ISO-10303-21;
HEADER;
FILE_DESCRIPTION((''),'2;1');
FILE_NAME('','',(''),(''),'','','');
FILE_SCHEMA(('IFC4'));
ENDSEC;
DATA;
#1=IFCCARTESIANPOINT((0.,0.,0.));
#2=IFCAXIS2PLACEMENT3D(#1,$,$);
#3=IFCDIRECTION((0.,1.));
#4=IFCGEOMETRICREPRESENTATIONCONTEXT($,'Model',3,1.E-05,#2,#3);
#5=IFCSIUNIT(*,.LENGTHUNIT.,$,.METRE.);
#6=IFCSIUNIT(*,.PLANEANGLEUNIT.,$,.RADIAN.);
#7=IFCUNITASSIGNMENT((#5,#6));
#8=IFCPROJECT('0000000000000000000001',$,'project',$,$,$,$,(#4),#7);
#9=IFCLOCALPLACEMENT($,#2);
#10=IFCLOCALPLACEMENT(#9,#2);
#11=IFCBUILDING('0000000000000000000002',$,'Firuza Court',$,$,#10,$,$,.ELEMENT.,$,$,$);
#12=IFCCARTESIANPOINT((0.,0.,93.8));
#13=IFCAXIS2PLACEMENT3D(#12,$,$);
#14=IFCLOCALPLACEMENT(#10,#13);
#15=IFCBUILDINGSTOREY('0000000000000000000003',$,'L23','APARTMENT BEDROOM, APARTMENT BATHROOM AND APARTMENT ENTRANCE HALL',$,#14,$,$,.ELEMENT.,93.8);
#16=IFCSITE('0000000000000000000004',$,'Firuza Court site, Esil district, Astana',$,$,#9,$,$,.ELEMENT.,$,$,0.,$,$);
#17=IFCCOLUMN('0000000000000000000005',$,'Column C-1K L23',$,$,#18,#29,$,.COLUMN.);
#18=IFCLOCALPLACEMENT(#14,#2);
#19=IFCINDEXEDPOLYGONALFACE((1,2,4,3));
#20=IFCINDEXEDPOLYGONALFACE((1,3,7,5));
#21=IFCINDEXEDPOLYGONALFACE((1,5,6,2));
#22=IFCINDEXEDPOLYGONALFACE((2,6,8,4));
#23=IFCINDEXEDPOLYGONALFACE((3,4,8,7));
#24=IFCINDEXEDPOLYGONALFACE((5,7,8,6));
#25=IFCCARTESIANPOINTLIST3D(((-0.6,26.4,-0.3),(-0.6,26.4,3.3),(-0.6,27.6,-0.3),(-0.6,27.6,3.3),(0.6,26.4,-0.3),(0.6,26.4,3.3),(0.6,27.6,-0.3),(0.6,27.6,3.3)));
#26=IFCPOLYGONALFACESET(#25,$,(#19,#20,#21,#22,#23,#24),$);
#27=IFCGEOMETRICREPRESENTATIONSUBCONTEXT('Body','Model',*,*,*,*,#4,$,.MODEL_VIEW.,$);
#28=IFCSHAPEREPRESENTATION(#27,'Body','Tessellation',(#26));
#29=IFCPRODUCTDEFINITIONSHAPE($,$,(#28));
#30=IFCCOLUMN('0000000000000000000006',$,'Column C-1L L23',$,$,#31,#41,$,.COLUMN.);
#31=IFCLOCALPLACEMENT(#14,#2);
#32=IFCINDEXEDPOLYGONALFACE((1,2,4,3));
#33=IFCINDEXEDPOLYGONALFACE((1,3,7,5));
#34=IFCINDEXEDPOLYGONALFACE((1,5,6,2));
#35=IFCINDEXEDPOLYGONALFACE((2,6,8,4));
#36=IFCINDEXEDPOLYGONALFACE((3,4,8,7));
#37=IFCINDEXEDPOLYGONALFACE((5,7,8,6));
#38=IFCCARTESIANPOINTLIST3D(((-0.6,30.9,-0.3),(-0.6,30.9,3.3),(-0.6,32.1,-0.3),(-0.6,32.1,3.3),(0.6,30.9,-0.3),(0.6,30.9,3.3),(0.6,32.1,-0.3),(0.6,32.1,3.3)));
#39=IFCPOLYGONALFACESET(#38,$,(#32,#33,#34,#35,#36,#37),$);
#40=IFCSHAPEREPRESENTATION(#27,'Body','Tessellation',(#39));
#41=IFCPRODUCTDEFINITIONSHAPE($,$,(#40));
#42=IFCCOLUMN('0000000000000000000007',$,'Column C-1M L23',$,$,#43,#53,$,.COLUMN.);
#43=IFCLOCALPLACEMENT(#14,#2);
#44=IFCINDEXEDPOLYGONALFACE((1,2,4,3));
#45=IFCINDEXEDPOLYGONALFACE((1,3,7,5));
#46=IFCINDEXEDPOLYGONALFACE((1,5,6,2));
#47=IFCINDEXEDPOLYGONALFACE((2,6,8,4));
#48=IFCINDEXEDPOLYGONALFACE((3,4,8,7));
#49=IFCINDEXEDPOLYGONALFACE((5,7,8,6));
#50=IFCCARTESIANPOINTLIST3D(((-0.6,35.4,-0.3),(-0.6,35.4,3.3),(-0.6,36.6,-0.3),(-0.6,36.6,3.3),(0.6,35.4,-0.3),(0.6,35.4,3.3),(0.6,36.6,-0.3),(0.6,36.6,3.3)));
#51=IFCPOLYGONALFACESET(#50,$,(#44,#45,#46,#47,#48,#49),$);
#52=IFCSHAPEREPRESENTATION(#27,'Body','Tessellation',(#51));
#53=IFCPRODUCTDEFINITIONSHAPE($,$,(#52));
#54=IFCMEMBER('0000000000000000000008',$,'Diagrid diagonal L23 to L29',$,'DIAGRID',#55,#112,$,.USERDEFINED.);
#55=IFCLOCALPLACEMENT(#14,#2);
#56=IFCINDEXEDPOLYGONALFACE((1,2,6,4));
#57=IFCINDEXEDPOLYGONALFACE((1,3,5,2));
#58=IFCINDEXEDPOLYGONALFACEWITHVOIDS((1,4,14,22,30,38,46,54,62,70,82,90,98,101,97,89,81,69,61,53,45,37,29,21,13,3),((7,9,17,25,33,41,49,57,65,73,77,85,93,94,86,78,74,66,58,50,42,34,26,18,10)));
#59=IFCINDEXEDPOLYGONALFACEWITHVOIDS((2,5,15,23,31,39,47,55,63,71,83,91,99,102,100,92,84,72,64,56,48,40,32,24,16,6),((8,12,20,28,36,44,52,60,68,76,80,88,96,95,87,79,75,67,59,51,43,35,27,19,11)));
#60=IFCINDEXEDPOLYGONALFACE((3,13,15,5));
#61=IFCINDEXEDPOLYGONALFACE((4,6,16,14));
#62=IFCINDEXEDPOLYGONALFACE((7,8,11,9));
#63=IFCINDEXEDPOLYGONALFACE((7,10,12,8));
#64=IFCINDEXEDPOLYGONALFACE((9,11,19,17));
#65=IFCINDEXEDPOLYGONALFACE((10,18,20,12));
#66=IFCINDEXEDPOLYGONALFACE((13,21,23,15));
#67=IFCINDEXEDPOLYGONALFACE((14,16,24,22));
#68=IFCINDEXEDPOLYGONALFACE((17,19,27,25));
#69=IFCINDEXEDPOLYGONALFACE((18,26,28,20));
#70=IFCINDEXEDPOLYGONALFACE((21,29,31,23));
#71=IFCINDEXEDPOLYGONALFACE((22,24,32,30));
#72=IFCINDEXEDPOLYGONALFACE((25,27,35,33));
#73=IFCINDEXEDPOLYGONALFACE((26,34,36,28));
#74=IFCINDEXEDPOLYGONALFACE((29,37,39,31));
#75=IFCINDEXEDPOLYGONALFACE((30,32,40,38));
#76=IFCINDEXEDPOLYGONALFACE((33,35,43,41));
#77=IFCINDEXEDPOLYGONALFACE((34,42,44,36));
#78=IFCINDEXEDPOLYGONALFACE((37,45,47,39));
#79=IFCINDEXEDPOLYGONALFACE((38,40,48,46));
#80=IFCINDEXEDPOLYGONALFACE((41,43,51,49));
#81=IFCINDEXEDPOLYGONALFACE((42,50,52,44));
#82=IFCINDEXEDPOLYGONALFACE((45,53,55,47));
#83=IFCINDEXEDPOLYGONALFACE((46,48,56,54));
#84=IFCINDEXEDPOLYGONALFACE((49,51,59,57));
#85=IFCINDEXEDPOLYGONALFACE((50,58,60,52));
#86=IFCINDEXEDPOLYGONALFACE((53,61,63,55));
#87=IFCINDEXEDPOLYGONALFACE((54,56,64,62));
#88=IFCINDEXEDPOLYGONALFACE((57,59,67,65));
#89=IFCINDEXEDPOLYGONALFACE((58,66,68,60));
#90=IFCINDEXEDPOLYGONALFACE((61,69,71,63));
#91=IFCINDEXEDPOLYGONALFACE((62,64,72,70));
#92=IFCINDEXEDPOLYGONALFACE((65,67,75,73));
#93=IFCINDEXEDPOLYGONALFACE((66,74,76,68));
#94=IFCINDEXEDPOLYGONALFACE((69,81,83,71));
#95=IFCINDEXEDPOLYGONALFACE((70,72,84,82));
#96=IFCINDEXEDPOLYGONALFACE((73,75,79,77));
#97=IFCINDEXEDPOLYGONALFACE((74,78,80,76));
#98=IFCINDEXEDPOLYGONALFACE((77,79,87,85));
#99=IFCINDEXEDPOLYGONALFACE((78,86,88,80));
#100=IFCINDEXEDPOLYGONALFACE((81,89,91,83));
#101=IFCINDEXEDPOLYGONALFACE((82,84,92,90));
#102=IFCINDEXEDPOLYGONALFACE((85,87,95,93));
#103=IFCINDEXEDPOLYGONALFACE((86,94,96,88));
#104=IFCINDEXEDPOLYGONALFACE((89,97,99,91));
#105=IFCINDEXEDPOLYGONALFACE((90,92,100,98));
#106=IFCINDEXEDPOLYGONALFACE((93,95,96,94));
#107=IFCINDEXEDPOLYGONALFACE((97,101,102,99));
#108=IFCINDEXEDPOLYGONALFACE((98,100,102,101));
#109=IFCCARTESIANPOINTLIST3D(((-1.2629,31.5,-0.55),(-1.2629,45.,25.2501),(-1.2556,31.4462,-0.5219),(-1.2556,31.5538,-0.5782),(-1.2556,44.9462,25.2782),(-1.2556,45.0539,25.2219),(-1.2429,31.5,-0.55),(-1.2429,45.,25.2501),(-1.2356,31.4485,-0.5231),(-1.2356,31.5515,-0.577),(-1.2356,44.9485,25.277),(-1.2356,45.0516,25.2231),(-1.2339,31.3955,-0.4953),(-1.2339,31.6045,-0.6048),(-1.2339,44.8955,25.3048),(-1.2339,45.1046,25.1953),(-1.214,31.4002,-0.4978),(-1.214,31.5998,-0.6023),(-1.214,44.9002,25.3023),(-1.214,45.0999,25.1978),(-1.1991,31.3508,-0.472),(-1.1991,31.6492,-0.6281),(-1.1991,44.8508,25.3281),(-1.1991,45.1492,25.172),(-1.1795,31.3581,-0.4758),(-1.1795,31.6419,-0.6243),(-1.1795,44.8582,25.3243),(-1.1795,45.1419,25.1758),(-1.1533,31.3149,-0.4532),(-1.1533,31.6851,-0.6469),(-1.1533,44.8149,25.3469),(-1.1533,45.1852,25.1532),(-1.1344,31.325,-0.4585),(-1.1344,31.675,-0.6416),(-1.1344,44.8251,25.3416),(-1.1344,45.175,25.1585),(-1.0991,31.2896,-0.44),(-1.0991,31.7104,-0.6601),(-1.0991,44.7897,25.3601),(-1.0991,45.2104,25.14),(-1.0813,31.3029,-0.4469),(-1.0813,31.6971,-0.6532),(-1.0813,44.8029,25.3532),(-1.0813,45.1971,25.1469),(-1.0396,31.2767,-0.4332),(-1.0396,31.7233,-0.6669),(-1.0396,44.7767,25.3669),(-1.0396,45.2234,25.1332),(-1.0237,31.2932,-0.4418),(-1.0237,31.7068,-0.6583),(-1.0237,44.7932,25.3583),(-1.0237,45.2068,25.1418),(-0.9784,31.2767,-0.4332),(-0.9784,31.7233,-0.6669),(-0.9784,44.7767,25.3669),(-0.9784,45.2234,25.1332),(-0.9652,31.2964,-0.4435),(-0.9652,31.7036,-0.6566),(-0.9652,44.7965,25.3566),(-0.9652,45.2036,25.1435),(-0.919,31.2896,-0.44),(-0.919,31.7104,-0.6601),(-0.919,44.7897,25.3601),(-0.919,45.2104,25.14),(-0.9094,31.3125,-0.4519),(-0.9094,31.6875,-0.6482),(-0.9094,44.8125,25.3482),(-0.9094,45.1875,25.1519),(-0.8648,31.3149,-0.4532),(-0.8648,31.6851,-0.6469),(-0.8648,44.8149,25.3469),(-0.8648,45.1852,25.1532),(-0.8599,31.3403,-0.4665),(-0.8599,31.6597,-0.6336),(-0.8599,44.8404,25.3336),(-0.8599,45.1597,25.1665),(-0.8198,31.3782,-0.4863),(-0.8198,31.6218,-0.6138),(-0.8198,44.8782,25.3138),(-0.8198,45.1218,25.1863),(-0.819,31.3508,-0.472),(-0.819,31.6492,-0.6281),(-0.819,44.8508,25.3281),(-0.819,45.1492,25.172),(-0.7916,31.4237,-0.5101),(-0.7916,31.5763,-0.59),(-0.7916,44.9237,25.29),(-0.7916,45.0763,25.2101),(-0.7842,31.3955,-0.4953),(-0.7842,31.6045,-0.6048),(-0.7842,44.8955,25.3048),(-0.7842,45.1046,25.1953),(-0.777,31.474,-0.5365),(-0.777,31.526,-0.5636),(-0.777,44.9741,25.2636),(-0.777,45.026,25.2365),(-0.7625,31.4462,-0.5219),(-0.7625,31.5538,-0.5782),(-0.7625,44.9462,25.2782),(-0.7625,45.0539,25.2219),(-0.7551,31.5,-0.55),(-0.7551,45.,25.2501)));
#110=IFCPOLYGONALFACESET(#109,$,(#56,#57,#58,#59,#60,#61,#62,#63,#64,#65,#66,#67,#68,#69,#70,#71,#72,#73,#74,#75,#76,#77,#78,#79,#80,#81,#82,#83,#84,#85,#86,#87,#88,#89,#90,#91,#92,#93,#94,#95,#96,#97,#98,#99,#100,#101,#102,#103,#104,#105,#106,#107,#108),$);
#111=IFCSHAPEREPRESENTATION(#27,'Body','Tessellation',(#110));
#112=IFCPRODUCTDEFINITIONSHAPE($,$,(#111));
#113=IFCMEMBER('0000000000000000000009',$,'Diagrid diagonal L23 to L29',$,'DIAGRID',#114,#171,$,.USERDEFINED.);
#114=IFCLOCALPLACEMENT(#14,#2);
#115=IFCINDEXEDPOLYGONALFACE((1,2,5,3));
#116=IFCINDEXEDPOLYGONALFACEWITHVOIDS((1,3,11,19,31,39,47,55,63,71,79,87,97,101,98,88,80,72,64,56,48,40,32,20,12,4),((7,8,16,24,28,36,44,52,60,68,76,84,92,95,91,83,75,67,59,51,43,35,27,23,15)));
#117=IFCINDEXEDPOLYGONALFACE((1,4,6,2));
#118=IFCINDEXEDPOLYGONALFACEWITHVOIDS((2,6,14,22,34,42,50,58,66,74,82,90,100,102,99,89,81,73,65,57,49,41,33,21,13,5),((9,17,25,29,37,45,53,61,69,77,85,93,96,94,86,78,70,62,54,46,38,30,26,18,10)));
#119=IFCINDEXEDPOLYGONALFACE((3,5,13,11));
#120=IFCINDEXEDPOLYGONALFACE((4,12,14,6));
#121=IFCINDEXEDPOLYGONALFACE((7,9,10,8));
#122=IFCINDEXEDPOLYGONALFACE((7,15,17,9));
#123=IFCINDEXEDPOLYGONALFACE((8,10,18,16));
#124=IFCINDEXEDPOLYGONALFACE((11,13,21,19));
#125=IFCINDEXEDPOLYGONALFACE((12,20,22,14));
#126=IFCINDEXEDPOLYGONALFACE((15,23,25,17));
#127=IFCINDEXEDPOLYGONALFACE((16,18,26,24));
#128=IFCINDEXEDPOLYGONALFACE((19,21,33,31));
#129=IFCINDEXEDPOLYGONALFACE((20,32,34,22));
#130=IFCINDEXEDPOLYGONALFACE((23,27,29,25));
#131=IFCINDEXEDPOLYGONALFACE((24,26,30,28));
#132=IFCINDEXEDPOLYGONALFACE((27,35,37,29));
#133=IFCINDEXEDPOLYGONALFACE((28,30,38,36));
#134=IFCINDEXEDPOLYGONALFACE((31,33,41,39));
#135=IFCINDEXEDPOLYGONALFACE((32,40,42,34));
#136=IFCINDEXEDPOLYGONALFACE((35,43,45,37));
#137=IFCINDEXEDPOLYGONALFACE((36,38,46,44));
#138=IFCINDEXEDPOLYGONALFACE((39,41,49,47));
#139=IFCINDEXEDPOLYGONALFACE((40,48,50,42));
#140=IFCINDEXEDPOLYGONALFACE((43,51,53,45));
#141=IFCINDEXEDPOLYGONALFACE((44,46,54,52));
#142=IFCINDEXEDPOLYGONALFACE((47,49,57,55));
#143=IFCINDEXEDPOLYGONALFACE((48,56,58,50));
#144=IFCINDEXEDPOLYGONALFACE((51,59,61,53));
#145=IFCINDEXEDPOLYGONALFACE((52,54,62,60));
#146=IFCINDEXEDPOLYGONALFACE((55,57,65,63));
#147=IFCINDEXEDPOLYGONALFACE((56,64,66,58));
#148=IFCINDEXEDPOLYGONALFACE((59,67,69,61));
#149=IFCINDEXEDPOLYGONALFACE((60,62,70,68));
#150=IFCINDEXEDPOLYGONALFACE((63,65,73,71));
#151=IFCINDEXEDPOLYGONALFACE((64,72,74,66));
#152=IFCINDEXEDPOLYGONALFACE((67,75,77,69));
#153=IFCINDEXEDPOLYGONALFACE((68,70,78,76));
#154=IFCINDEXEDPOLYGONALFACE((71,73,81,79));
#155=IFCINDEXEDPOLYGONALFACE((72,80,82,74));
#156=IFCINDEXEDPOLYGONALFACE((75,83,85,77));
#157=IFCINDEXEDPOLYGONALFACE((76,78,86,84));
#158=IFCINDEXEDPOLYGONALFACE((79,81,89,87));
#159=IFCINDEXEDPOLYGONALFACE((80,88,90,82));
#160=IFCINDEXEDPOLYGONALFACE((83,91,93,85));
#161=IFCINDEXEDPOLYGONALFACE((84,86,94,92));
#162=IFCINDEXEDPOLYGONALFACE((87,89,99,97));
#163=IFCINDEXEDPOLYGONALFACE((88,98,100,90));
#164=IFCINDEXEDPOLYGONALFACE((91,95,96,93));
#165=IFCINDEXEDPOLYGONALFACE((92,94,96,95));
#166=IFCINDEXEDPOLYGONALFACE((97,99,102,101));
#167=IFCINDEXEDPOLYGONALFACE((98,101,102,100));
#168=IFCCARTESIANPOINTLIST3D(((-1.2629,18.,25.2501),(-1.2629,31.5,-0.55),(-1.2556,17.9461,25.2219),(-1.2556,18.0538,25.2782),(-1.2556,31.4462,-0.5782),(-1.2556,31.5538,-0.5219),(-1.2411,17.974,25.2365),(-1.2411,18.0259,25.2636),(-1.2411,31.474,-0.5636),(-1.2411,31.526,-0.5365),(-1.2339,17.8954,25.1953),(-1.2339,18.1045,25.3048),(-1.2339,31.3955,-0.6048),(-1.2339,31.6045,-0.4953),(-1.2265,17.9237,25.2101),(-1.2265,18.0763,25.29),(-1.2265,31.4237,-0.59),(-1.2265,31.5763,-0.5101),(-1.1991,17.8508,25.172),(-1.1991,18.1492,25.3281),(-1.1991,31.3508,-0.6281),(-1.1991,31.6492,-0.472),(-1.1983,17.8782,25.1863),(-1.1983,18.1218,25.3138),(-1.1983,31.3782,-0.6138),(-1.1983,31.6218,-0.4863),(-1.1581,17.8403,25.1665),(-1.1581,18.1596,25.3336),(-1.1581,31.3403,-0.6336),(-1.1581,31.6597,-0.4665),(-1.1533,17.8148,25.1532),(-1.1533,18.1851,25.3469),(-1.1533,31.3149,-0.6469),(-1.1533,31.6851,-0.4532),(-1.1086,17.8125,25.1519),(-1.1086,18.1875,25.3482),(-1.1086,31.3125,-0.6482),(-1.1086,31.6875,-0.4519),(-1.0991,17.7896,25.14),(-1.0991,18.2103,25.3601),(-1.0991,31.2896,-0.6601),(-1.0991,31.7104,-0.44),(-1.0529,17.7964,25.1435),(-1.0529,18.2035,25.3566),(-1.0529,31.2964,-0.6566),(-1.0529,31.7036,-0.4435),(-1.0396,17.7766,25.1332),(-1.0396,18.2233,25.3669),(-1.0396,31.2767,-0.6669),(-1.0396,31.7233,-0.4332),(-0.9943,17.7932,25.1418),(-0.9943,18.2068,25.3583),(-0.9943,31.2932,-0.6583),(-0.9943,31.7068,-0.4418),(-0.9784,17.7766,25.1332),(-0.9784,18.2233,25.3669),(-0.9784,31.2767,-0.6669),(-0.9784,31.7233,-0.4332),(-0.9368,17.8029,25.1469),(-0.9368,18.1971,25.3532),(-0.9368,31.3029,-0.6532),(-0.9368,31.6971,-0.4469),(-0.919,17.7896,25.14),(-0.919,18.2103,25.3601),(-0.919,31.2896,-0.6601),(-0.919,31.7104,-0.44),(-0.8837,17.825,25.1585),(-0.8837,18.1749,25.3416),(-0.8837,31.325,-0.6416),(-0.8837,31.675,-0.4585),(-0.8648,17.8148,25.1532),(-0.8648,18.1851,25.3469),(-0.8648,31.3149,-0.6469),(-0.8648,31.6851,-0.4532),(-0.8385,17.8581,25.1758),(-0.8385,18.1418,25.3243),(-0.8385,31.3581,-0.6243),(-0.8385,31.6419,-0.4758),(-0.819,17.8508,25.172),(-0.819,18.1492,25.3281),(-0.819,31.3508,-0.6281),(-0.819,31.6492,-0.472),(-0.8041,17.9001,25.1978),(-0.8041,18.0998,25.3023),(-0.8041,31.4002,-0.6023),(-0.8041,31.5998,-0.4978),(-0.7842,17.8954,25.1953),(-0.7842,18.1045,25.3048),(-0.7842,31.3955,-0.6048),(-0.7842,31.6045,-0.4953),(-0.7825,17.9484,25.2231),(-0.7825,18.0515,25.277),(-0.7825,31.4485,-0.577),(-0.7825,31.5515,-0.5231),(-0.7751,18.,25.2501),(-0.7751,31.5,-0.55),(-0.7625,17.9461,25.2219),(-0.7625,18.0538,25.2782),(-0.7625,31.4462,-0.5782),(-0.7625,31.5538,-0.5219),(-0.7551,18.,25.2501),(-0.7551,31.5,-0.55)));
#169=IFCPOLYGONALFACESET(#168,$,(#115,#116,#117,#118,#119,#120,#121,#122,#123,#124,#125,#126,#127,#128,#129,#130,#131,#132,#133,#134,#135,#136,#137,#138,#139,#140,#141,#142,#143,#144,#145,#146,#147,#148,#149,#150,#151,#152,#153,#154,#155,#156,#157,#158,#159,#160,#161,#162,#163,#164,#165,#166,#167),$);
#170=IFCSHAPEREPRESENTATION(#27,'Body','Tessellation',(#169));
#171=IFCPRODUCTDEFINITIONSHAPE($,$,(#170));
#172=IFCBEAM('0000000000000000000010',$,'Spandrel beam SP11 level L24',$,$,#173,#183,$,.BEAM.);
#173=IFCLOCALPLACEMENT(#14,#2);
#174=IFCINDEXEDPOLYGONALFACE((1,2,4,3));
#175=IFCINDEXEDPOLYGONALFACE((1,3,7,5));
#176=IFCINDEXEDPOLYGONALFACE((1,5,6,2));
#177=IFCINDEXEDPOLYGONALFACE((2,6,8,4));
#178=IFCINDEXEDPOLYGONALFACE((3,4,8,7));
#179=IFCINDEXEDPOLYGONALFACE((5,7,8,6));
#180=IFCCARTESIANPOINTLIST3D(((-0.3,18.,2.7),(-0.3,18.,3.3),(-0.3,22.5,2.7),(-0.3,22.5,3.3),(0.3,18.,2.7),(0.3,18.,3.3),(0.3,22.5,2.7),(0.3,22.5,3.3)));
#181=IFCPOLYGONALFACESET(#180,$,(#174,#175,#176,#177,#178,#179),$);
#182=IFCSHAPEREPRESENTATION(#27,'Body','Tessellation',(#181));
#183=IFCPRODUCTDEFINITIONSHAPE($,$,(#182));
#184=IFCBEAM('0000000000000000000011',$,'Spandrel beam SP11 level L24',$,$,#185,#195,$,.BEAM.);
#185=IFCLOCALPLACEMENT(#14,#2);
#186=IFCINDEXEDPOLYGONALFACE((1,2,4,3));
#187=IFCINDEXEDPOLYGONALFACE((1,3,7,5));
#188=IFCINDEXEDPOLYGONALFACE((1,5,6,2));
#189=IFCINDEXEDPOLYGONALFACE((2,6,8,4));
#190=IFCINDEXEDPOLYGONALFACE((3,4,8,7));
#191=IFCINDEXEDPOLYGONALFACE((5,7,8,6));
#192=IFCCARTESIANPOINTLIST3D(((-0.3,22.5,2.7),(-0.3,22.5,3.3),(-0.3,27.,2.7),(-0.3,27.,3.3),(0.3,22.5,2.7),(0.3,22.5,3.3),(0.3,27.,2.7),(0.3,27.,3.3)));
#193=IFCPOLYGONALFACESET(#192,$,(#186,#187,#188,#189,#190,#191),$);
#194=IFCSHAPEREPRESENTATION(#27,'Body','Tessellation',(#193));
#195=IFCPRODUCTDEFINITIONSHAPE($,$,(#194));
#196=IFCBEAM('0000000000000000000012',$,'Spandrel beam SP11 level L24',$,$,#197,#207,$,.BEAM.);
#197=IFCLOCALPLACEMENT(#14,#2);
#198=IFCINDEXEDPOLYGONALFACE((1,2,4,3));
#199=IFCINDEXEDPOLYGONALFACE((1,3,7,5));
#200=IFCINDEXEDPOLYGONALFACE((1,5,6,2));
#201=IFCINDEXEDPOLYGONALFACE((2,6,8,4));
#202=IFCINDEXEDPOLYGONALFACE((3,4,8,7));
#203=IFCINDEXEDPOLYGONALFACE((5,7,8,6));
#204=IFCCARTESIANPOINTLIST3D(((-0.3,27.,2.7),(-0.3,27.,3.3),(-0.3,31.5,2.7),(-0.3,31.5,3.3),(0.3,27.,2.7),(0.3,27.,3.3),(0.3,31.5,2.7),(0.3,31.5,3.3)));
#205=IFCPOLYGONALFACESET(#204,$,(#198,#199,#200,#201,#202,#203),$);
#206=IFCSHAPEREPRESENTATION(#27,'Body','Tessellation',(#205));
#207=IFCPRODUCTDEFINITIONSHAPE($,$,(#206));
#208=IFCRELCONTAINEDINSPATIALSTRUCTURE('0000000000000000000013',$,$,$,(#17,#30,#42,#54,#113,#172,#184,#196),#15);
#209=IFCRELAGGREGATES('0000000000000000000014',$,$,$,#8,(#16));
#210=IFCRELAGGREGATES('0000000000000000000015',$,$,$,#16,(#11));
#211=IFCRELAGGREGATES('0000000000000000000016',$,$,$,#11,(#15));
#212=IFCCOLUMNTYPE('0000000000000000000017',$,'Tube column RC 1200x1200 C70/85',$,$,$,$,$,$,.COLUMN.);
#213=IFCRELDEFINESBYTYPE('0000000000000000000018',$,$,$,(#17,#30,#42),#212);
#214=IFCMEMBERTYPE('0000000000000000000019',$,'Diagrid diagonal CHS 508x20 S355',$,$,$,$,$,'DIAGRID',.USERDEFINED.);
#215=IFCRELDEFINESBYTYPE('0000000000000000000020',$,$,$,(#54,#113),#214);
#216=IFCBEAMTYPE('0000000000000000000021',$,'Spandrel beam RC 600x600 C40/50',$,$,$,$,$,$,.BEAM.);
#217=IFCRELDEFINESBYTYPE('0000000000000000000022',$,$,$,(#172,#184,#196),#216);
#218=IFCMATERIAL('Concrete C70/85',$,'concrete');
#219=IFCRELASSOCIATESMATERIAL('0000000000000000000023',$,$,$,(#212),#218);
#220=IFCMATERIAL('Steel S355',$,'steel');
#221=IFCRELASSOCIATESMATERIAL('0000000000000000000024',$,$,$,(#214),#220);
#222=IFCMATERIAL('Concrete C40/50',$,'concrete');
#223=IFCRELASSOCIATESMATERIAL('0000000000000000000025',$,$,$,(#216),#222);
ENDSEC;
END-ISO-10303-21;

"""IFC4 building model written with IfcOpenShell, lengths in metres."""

from ifc_helpers import new_model, si_unit, direction, frame, origin, origin_2d, place, context, subcontext, project, spatial, rectangle, hollow_circle, extrude, material, material_profile, profile_set, type_object, element, save


model = new_model("IFC4")

# Units and contexts
model_context = context("Model", 3, precision=1e-05, world=origin(), true_north=direction((0.0, 1.0)))
body_context = subcontext(model_context, "Body", "Model", "MODEL_VIEW")
ifc_project = project(units=[si_unit("LENGTHUNIT", "METRE"), si_unit("PLANEANGLEUNIT", "RADIAN")], contexts=[model_context])

# Site, building, storey
site_placement = place(None, origin())
site = spatial("IfcSite", under=ifc_project, at=site_placement, Name="Firuza Court site, Esil district, Astana", CompositionType="ELEMENT", RefElevation=0.0)
building_placement = place(site_placement, origin())
building = spatial("IfcBuilding", under=site, at=building_placement, Name="Firuza Court", CompositionType="ELEMENT")
storey_placement = place(building_placement, frame((0.0, 0.0, 93.8)))
storey = spatial("IfcBuildingStorey", under=building, at=storey_placement, Name="L23", Description="APARTMENT BEDROOM, APARTMENT BATHROOM AND APARTMENT ENTRANCE HALL", CompositionType="ELEMENT", Elevation=93.8)

# Columns
ifc_material_1 = material(Name="Concrete C70/85", Category="concrete")
ifc_material_profile_1 = material_profile(ifc_material_1, rectangle(XDim=1.2, YDim=1.2, at=origin_2d()), Name="RC 1200x1200")
ifc_profile_set_1 = profile_set([ifc_material_profile_1], Name="Concrete C70/85")
column_type = type_object("IfcColumnType", Name="Tube column RC 1200x1200 C70/85", PredefinedType="COLUMN", material=ifc_profile_set_1)
for number, where, z_axis, x_axis, name in (
    (1, (0.0, 27.0, -0.3), (0.0, 0.0, 1.0), (1.0, 0.0, 0.0), "Column C-1K L23"),
    (2, (0.0, 31.5, -0.3), (0.0, 0.0, 1.0), (1.0, 0.0, 0.0), "Column C-1L L23"),
    (3, (0.0, 36.0, -0.3), (0.0, 0.0, 1.0), (1.0, 0.0, 0.0), "Column C-1M L23"),
):
    element("IfcColumn", number, at=place(storey_placement, frame(where, z_axis=z_axis, x_axis=x_axis)), inside=storey, type_object=column_type, Name=name, PredefinedType="COLUMN", context=body_context, shape_type="SweptSolid", body=[
        extrude(rectangle(XDim=1.2, YDim=1.2, at=origin_2d()), origin(), (0.0, 0.0, 1.0), 3.6001),
    ])

# Members
ifc_material_2 = material(Name="Steel S355", Category="steel")
ifc_material_profile_2 = material_profile(ifc_material_2, hollow_circle(Radius=0.2539, WallThickness=0.02, at=origin_2d()), Name="CHS 508x20")
ifc_profile_set_2 = profile_set([ifc_material_profile_2], Name="Steel S355")
member_type = type_object("IfcMemberType", Name="Diagrid diagonal CHS 508x20 S355", ElementType="DIAGRID", PredefinedType="USERDEFINED", material=ifc_profile_set_2)
for number, where, z_axis, x_axis, name in (
    (4, (-1.009, 31.5, -0.55), (0.0, 0.463621, 0.886033), (-1.0, 0.0, 0.0), "Diagrid diagonal L23 to L29"),
    (5, (-1.009, 31.5, -0.55), (0.0, -0.463621, 0.886033), (1.0, 0.0, 0.0), "Diagrid diagonal L23 to L29"),
):
    element("IfcMember", number, at=place(storey_placement, frame(where, z_axis=z_axis, x_axis=x_axis)), inside=storey, type_object=member_type, Name=name, ObjectType="DIAGRID", PredefinedType="USERDEFINED", context=body_context, shape_type="SweptSolid", body=[
        extrude(hollow_circle(Radius=0.2539, WallThickness=0.02, at=origin_2d()), origin(), (0.0, 0.0, 1.0), 29.1187),
    ])

# Beams
ifc_material_3 = material(Name="Concrete C40/50", Category="concrete")
ifc_material_profile_3 = material_profile(ifc_material_3, rectangle(XDim=0.6001, YDim=0.6001, at=origin_2d()), Name="RC 600x600")
ifc_profile_set_3 = profile_set([ifc_material_profile_3], Name="Concrete C40/50")
beam_type = type_object("IfcBeamType", Name="Spandrel beam RC 600x600 C40/50", PredefinedType="BEAM", material=ifc_profile_set_3)
for number, where, z_axis, x_axis, name in (
    (6, (0.0, 22.5, 3.0), (0.0, -1.0, 0.0), (1.0, 0.0, 0.0), "Spandrel beam SP11 level L24"),
    (7, (0.0, 27.0, 3.0), (0.0, -1.0, 0.0), (1.0, 0.0, 0.0), "Spandrel beam SP11 level L24"),
    (8, (0.0, 31.5, 3.0), (0.0, -1.0, 0.0), (1.0, 0.0, 0.0), "Spandrel beam SP11 level L24"),
):
    element("IfcBeam", number, at=place(storey_placement, frame(where, z_axis=z_axis, x_axis=x_axis)), inside=storey, type_object=beam_type, Name=name, PredefinedType="BEAM", context=body_context, shape_type="SweptSolid", body=[
        extrude(rectangle(XDim=0.6001, YDim=0.6001, at=origin_2d()), origin(), (0.0, 0.0, 1.0), 4.5),
    ])

save(model, "model.ifc")
